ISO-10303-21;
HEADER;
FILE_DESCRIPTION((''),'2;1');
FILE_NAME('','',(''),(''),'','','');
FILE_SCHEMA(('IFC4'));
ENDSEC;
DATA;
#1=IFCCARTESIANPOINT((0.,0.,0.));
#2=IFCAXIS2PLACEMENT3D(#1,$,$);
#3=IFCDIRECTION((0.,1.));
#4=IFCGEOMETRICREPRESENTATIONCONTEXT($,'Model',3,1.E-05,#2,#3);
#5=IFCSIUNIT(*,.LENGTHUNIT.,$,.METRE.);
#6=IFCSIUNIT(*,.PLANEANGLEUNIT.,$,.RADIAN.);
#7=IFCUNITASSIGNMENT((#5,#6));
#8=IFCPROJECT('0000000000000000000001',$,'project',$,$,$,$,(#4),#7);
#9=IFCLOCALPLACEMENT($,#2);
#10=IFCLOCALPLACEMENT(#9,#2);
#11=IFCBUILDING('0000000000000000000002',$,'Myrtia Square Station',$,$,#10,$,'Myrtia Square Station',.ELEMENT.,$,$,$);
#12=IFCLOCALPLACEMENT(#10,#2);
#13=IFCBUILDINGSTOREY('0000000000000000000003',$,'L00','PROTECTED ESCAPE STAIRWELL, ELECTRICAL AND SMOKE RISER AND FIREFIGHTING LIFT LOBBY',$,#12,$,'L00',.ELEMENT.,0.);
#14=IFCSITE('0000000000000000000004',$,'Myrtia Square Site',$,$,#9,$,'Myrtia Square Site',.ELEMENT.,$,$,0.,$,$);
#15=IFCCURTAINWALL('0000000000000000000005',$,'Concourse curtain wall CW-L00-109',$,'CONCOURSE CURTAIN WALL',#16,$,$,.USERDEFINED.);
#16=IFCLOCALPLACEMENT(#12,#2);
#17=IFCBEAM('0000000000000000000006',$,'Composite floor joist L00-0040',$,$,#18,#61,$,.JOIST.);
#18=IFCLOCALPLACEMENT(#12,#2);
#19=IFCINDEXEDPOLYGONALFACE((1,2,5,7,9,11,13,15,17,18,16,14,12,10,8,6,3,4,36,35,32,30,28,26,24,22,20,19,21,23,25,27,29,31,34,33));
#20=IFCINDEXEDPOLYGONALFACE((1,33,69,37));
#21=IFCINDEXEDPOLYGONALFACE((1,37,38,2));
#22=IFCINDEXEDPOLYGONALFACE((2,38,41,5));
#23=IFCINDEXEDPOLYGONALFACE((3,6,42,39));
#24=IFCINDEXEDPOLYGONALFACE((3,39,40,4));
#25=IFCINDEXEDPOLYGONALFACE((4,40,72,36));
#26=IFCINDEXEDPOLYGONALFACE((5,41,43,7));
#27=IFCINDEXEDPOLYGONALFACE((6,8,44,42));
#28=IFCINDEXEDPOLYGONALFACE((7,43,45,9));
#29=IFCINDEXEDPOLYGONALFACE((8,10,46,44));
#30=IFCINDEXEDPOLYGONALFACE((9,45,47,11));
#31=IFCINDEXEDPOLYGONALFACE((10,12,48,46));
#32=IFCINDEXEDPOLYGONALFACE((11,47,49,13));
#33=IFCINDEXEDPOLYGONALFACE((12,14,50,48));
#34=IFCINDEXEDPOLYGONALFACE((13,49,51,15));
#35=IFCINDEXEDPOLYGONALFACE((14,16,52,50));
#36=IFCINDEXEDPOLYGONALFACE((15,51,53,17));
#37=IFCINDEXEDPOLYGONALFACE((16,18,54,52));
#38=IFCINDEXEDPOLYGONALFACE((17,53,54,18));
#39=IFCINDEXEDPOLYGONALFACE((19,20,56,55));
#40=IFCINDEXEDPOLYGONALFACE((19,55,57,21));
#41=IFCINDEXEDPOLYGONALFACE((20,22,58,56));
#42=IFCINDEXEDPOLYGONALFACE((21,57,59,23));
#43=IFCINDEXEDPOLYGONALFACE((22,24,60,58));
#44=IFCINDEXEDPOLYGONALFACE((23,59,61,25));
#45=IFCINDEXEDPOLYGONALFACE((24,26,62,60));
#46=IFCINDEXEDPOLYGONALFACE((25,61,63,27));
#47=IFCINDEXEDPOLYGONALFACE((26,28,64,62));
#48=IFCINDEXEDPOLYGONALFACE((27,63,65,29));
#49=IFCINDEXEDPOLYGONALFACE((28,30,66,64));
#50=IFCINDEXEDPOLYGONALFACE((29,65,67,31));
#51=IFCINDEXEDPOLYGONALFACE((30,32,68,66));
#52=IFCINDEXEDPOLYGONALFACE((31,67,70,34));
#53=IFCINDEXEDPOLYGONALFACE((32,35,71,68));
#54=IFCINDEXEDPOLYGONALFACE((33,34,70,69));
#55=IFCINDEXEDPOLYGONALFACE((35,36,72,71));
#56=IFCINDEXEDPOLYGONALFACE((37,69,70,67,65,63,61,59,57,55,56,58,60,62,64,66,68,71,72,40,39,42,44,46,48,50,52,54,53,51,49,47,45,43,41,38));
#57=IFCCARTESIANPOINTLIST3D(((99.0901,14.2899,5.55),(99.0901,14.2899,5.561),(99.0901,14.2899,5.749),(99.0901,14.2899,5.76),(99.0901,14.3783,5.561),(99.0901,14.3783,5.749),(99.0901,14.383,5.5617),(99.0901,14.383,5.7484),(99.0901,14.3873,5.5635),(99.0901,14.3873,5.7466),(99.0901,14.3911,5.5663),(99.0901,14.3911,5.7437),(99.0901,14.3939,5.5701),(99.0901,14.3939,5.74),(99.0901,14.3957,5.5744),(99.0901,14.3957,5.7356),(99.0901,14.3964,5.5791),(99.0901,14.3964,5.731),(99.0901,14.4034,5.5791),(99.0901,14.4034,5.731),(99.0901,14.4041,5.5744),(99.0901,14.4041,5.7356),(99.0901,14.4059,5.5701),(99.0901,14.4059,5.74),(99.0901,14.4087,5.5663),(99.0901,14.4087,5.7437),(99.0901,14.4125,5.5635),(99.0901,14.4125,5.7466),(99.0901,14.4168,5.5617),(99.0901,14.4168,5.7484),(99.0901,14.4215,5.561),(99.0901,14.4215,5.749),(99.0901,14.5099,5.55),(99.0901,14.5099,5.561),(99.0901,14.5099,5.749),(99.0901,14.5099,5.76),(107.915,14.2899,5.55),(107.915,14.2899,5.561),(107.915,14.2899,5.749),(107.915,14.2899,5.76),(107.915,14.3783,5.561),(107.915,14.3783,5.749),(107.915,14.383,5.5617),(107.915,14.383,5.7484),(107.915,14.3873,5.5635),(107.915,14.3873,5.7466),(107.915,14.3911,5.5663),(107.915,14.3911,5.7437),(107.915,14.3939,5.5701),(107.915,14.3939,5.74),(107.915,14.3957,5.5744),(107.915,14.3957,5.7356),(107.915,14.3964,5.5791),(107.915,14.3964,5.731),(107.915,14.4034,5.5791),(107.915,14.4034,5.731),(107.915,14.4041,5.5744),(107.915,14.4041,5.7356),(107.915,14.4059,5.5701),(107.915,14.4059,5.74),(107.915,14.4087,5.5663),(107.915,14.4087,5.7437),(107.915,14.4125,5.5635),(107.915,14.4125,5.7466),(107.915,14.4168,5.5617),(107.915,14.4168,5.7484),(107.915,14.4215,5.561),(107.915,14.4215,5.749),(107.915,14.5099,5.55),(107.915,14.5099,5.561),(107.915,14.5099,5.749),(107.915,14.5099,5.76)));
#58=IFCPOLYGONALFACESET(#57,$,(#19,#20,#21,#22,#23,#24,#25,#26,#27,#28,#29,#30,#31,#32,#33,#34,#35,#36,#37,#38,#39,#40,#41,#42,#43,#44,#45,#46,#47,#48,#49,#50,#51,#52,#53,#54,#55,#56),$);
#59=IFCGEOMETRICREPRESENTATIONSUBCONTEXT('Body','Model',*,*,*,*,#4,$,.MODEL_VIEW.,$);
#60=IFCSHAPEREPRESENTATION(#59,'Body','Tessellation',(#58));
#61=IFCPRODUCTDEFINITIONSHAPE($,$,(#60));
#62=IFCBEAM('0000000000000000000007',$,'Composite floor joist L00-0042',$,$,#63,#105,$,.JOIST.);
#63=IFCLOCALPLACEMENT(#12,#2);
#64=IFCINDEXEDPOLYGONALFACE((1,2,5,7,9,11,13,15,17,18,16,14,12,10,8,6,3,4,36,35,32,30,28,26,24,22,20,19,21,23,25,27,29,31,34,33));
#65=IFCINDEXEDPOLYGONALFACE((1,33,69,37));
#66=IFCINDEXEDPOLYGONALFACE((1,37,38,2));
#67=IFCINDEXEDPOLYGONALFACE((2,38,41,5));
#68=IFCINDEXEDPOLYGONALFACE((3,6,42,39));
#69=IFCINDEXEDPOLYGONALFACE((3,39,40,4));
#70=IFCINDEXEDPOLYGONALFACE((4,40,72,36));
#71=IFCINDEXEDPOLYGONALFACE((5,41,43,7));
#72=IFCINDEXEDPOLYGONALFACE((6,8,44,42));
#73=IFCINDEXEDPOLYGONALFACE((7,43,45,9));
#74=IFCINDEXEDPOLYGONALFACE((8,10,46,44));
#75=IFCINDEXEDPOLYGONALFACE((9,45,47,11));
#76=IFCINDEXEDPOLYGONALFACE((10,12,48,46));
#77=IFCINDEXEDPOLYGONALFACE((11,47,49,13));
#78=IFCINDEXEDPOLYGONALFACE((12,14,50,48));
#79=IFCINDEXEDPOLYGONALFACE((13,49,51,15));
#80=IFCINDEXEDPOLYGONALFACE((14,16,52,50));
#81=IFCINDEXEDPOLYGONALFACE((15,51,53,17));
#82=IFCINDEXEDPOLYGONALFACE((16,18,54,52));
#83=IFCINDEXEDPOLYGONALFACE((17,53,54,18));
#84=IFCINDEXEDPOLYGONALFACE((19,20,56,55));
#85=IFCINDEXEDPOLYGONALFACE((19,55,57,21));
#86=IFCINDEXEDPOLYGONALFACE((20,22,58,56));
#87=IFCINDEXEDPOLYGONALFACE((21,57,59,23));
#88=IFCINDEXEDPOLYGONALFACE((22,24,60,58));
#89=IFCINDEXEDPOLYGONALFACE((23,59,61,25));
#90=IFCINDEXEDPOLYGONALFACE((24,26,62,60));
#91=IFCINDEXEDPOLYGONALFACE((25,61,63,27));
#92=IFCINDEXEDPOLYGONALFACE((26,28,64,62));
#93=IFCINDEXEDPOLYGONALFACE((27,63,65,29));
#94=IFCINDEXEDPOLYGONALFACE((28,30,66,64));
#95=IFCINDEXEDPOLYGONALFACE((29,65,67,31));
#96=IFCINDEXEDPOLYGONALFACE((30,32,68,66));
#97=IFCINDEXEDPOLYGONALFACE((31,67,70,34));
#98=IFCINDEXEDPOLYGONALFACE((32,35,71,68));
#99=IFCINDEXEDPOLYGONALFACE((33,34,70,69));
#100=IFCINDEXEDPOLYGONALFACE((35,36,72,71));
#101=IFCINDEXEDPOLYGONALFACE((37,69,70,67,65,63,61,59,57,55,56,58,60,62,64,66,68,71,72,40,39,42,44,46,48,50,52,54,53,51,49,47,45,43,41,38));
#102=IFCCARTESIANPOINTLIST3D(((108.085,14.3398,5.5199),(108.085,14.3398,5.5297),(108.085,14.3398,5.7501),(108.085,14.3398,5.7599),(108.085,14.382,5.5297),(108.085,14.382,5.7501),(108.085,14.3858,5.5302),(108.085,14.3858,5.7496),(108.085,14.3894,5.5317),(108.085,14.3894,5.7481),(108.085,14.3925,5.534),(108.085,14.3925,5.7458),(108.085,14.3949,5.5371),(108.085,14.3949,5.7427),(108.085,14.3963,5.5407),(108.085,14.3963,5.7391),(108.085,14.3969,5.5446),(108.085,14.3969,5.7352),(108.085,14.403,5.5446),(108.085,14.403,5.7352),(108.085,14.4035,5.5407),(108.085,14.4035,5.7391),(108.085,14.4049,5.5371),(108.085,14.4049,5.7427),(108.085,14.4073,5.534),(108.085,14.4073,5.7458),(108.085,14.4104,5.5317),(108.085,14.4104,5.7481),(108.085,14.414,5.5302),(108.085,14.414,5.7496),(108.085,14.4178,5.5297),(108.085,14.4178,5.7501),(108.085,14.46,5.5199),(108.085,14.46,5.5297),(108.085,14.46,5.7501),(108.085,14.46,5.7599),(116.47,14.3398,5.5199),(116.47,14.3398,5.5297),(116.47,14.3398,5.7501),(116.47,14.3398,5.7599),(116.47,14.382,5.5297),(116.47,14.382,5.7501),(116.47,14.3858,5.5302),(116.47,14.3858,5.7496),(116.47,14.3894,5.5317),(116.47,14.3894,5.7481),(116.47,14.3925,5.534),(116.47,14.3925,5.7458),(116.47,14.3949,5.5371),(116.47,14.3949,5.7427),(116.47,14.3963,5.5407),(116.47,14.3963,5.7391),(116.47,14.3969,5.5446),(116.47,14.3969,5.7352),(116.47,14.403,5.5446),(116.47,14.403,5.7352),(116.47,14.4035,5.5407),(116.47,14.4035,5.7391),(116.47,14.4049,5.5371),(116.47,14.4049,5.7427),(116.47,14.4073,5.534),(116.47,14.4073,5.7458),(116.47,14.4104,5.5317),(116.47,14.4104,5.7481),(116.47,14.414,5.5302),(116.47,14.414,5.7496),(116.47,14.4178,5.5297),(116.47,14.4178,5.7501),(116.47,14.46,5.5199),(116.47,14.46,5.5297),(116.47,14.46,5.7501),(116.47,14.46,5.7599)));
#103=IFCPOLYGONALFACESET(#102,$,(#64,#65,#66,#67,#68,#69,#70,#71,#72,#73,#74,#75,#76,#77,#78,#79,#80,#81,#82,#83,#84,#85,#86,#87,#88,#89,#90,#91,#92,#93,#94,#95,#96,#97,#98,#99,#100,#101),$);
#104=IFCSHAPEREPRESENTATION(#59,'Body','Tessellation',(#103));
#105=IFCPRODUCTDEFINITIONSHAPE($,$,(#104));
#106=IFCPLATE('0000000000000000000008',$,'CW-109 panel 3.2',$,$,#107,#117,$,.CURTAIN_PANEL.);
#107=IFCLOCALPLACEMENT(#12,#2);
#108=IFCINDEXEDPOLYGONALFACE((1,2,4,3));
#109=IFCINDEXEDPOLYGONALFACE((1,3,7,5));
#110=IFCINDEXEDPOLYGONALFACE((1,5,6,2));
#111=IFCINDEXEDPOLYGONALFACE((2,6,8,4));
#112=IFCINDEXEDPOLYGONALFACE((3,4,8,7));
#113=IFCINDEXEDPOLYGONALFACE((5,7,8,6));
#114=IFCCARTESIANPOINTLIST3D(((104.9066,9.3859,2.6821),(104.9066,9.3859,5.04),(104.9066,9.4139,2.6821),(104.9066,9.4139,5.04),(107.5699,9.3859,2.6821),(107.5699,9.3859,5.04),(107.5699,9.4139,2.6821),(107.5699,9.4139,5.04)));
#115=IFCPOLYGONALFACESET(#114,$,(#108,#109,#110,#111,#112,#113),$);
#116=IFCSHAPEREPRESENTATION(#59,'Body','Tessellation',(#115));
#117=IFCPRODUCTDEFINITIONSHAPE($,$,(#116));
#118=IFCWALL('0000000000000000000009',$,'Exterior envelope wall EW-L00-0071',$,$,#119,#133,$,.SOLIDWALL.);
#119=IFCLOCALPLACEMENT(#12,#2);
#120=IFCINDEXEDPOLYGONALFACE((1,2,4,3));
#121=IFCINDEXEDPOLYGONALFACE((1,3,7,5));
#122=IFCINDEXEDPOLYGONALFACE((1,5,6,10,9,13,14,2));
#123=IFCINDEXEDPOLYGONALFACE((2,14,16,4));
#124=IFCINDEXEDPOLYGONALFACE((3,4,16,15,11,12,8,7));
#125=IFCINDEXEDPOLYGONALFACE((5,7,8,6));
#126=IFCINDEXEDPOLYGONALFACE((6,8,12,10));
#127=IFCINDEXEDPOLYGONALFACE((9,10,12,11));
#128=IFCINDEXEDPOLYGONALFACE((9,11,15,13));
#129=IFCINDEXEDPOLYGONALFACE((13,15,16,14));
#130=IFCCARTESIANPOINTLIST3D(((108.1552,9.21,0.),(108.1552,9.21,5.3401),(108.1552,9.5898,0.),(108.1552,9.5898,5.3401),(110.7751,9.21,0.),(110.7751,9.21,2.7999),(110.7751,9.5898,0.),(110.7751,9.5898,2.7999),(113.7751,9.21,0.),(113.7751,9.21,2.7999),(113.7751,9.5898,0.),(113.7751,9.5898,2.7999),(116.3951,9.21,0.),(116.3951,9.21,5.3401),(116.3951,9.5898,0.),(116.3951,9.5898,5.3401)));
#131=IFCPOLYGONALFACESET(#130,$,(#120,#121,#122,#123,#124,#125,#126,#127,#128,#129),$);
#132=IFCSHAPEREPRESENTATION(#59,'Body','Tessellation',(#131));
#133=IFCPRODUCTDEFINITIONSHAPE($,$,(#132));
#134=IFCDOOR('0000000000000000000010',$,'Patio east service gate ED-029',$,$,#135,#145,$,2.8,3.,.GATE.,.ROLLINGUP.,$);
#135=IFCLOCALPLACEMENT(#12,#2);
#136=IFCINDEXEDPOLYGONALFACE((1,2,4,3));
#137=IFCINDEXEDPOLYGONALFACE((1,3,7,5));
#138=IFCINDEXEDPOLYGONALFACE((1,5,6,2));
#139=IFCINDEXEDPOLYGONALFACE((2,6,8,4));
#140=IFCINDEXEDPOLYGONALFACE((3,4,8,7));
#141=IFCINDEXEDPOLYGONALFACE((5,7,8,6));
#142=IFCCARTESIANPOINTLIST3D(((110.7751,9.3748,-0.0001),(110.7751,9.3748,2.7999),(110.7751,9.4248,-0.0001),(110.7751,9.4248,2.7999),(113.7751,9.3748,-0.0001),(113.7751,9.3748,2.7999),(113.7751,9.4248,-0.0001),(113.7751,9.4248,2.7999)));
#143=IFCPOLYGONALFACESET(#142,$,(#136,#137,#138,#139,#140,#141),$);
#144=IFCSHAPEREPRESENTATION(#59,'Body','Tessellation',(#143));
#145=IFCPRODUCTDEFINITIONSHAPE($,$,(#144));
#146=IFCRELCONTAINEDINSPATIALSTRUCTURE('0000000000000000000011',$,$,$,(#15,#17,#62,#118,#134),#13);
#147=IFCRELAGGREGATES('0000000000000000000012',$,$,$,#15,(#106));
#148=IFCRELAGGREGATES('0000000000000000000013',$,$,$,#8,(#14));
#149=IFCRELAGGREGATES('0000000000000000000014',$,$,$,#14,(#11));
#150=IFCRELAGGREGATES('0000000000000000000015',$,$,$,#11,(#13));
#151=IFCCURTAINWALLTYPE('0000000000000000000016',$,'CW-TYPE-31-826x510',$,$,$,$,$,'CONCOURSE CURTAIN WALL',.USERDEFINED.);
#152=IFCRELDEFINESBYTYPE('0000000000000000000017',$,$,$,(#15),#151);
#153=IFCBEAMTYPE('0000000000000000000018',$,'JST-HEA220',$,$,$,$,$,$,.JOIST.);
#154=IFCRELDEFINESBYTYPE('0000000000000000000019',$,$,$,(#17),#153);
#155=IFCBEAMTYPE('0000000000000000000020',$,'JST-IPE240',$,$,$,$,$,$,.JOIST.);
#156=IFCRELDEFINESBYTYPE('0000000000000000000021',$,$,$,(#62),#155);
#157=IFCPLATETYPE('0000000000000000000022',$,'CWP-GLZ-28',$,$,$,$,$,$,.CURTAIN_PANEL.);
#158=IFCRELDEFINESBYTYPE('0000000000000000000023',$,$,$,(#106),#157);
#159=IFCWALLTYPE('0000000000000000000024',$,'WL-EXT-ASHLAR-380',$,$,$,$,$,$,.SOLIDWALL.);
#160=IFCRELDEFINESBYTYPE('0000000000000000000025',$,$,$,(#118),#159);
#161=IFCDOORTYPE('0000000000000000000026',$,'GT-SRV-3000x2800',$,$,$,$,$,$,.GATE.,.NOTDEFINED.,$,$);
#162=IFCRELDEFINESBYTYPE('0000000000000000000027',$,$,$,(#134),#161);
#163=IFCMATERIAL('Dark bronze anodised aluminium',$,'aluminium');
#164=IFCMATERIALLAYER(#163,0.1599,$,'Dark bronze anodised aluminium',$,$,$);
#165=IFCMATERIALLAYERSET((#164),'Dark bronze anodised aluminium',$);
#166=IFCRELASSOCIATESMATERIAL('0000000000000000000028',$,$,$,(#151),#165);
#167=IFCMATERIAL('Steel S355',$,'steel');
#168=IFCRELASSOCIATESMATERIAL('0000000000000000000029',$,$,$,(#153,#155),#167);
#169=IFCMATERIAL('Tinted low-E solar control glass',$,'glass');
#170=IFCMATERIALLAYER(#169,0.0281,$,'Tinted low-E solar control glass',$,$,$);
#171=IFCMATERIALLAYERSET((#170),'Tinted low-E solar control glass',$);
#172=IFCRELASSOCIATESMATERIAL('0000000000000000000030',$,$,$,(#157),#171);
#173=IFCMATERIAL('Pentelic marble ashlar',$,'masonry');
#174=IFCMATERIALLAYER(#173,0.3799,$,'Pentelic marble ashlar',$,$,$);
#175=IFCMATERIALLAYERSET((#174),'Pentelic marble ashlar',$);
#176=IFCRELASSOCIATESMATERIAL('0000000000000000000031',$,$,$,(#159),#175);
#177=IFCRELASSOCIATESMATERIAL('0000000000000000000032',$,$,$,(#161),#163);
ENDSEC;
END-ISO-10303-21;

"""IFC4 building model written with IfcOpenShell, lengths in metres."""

from ifc_helpers import new_model, si_unit, direction, frame, frame_2d, origin, origin_2d, place, context, subcontext, project, spatial, rectangle, i_section, extrude, material, layer, layer_set, material_profile, profile_set, type_object, element, fill, aggregate, save


model = new_model("IFC4")

# Units and contexts
model_context = context("Model", 3, precision=1e-05, world=origin(), true_north=direction((0.0, 1.0)))
body_context = subcontext(model_context, "Body", "Model", "MODEL_VIEW")
ifc_project = project(units=[si_unit("LENGTHUNIT", "METRE"), si_unit("PLANEANGLEUNIT", "RADIAN")], contexts=[model_context])

# Site, building, storey
site_placement = place(None, origin())
site = spatial("IfcSite", under=ifc_project, at=site_placement, Name="Myrtia Square Site", LongName="Myrtia Square Site", CompositionType="ELEMENT", RefElevation=0.0)
building_placement = place(site_placement, origin())
building = spatial("IfcBuilding", under=site, at=building_placement, Name="Myrtia Square Station", LongName="Myrtia Square Station", CompositionType="ELEMENT")
storey_placement = place(building_placement, origin())
storey = spatial("IfcBuildingStorey", under=building, at=storey_placement, Name="L00", Description="PROTECTED ESCAPE STAIRWELL, ELECTRICAL AND SMOKE RISER AND FIREFIGHTING LIFT LOBBY", LongName="L00", CompositionType="ELEMENT", Elevation=0.0)

# Shared definitions
ifc_material_1 = material(Name="Steel S355", Category="steel")

# Curtain wall
ifc_material_2 = material(Name="Dark bronze anodised aluminium", Category="aluminium")
ifc_layer_1 = layer(ifc_material_2, 0.1599, Name="Dark bronze anodised aluminium")
ifc_layer_set_1 = layer_set([ifc_layer_1], Name="Dark bronze anodised aluminium")
curtain_wall_type = type_object("IfcCurtainWallType", Name="CW-TYPE-31-826x510", ElementType="CONCOURSE CURTAIN WALL", PredefinedType="USERDEFINED", material=ifc_layer_set_1)
curtain_wall_placement = place(storey_placement, origin())
curtain_wall = element("IfcCurtainWall", 1, at=curtain_wall_placement, inside=storey, type_object=curtain_wall_type, Name="Concourse curtain wall CW-L00-109", ObjectType="CONCOURSE CURTAIN WALL", PredefinedType="USERDEFINED")

# Beams
ifc_material_profile_1 = material_profile(ifc_material_1, i_section(OverallWidth=0.22, OverallDepth=0.21, WebThickness=0.0071, FlangeThickness=0.011, FilletRadius=0.0181, at=origin_2d()), Name="HEA 220")
ifc_profile_set_1 = profile_set([ifc_material_profile_1], Name="Steel S355")
beam_type_1 = type_object("IfcBeamType", Name="JST-HEA220", PredefinedType="JOIST", material=ifc_profile_set_1)
beam_1_placement = place(storey_placement, frame((99.0901, 14.3999, 5.655), z_axis=(1.0, 0.0, 0.0), x_axis=(0.0, 1.0, 0.0)))
element("IfcBeam", 2, at=beam_1_placement, inside=storey, type_object=beam_type_1, Name="Composite floor joist L00-0040", PredefinedType="JOIST", context=body_context, shape_type="SweptSolid", body=[
    extrude(i_section(OverallWidth=0.22, OverallDepth=0.21, WebThickness=0.0071, FlangeThickness=0.011, FilletRadius=0.0181, at=origin_2d()), origin(), (0.0, 0.0, 1.0), 8.825),
])
ifc_material_profile_2 = material_profile(ifc_material_1, i_section(OverallWidth=0.1201, OverallDepth=0.24, WebThickness=0.0061, FlangeThickness=0.0098, FilletRadius=0.0149, at=origin_2d()), Name="IPE 240")
ifc_profile_set_2 = profile_set([ifc_material_profile_2], Name="Steel S355")
beam_type_2 = type_object("IfcBeamType", Name="JST-IPE240", PredefinedType="JOIST", material=ifc_profile_set_2)
beam_2_placement = place(storey_placement, frame((108.085, 14.3999, 5.6399), z_axis=(1.0, 0.0, 0.0), x_axis=(0.0, 1.0, 0.0)))
element("IfcBeam", 3, at=beam_2_placement, inside=storey, type_object=beam_type_2, Name="Composite floor joist L00-0042", PredefinedType="JOIST", context=body_context, shape_type="SweptSolid", body=[
    extrude(i_section(OverallWidth=0.1201, OverallDepth=0.24, WebThickness=0.0061, FlangeThickness=0.0098, FilletRadius=0.0149, at=origin_2d()), origin(), (0.0, 0.0, 1.0), 8.385),
])

# Plate
ifc_material_3 = material(Name="Tinted low-E solar control glass", Category="glass")
ifc_layer_2 = layer(ifc_material_3, 0.0281, Name="Tinted low-E solar control glass")
ifc_layer_set_2 = layer_set([ifc_layer_2], Name="Tinted low-E solar control glass")
plate_type = type_object("IfcPlateType", Name="CWP-GLZ-28", PredefinedType="CURTAIN_PANEL", material=ifc_layer_set_2)
plate_placement = place(storey_placement, frame((106.2383, 9.3999, 2.6821), z_axis=(0.0, 0.0, 1.0), x_axis=(1.0, 0.0, 0.0)))
plate = element("IfcPlate", 4, at=plate_placement, type_object=plate_type, Name="CW-109 panel 3.2", PredefinedType="CURTAIN_PANEL", context=body_context, shape_type="SweptSolid", body=[
    extrude(rectangle(XDim=2.6633, YDim=0.0281, at=origin_2d()), origin(), (0.0, 0.0, 1.0), 2.3579),
])
aggregate(curtain_wall, [plate])

# Wall, opening, door
ifc_material_4 = material(Name="Pentelic marble ashlar", Category="masonry")
ifc_layer_3 = layer(ifc_material_4, 0.3799, Name="Pentelic marble ashlar")
ifc_layer_set_3 = layer_set([ifc_layer_3], Name="Pentelic marble ashlar")
wall_type = type_object("IfcWallType", Name="WL-EXT-ASHLAR-380", PredefinedType="SOLIDWALL", material=ifc_layer_set_3)
wall_placement = place(storey_placement, frame((108.155, 9.3999, 0.0), z_axis=(0.0, 0.0, 1.0), x_axis=(1.0, 0.0, 0.0)))
wall = element("IfcWall", 5, at=wall_placement, inside=storey, type_object=wall_type, Name="Exterior envelope wall EW-L00-0071", PredefinedType="SOLIDWALL", context=body_context, shape_type="SweptSolid", body=[
    extrude(rectangle(XDim=8.24, YDim=0.3799, at=frame_2d((4.1201, 0.0))), origin(), (0.0, 0.0, 1.0), 5.3401),
])
opening_placement = place(wall_placement, frame((2.6201, 0.0, 0.0)))
opening = element("IfcOpeningElement", 6, at=opening_placement, cuts=wall, PredefinedType="OPENING", context=body_context, shape_type="SweptSolid", body=[
    extrude(rectangle(XDim=3.0, YDim=2.8, at=frame_2d((1.5, 1.3999))), frame((0.0, 0.2048, 0.0), z_axis=(0.0, -1.0, 0.0), x_axis=(1.0, 0.0, 0.0)), (0.0, 0.0, 1.0), 0.4099),
])
door_type = type_object("IfcDoorType", Name="GT-SRV-3000x2800", OperationType="NOTDEFINED", PredefinedType="GATE", material=ifc_material_2)
door_placement = place(opening_placement, origin())
door = element("IfcDoor", 7, at=door_placement, inside=storey, type_object=door_type, Name="Patio east service gate ED-029", OperationType="ROLLINGUP", OverallHeight=2.8, OverallWidth=3.0, PredefinedType="GATE", context=body_context, shape_type="SweptSolid", body=[
    extrude(rectangle(XDim=3.0, YDim=2.8, at=frame_2d((1.5, 1.3999))), frame((0.0, 0.0249, 0.0), z_axis=(0.0, -1.0, 0.0), x_axis=(1.0, 0.0, 0.0)), (0.0, 0.0, 1.0), 0.05),
])
fill(opening, door)

save(model, "model.ifc")
